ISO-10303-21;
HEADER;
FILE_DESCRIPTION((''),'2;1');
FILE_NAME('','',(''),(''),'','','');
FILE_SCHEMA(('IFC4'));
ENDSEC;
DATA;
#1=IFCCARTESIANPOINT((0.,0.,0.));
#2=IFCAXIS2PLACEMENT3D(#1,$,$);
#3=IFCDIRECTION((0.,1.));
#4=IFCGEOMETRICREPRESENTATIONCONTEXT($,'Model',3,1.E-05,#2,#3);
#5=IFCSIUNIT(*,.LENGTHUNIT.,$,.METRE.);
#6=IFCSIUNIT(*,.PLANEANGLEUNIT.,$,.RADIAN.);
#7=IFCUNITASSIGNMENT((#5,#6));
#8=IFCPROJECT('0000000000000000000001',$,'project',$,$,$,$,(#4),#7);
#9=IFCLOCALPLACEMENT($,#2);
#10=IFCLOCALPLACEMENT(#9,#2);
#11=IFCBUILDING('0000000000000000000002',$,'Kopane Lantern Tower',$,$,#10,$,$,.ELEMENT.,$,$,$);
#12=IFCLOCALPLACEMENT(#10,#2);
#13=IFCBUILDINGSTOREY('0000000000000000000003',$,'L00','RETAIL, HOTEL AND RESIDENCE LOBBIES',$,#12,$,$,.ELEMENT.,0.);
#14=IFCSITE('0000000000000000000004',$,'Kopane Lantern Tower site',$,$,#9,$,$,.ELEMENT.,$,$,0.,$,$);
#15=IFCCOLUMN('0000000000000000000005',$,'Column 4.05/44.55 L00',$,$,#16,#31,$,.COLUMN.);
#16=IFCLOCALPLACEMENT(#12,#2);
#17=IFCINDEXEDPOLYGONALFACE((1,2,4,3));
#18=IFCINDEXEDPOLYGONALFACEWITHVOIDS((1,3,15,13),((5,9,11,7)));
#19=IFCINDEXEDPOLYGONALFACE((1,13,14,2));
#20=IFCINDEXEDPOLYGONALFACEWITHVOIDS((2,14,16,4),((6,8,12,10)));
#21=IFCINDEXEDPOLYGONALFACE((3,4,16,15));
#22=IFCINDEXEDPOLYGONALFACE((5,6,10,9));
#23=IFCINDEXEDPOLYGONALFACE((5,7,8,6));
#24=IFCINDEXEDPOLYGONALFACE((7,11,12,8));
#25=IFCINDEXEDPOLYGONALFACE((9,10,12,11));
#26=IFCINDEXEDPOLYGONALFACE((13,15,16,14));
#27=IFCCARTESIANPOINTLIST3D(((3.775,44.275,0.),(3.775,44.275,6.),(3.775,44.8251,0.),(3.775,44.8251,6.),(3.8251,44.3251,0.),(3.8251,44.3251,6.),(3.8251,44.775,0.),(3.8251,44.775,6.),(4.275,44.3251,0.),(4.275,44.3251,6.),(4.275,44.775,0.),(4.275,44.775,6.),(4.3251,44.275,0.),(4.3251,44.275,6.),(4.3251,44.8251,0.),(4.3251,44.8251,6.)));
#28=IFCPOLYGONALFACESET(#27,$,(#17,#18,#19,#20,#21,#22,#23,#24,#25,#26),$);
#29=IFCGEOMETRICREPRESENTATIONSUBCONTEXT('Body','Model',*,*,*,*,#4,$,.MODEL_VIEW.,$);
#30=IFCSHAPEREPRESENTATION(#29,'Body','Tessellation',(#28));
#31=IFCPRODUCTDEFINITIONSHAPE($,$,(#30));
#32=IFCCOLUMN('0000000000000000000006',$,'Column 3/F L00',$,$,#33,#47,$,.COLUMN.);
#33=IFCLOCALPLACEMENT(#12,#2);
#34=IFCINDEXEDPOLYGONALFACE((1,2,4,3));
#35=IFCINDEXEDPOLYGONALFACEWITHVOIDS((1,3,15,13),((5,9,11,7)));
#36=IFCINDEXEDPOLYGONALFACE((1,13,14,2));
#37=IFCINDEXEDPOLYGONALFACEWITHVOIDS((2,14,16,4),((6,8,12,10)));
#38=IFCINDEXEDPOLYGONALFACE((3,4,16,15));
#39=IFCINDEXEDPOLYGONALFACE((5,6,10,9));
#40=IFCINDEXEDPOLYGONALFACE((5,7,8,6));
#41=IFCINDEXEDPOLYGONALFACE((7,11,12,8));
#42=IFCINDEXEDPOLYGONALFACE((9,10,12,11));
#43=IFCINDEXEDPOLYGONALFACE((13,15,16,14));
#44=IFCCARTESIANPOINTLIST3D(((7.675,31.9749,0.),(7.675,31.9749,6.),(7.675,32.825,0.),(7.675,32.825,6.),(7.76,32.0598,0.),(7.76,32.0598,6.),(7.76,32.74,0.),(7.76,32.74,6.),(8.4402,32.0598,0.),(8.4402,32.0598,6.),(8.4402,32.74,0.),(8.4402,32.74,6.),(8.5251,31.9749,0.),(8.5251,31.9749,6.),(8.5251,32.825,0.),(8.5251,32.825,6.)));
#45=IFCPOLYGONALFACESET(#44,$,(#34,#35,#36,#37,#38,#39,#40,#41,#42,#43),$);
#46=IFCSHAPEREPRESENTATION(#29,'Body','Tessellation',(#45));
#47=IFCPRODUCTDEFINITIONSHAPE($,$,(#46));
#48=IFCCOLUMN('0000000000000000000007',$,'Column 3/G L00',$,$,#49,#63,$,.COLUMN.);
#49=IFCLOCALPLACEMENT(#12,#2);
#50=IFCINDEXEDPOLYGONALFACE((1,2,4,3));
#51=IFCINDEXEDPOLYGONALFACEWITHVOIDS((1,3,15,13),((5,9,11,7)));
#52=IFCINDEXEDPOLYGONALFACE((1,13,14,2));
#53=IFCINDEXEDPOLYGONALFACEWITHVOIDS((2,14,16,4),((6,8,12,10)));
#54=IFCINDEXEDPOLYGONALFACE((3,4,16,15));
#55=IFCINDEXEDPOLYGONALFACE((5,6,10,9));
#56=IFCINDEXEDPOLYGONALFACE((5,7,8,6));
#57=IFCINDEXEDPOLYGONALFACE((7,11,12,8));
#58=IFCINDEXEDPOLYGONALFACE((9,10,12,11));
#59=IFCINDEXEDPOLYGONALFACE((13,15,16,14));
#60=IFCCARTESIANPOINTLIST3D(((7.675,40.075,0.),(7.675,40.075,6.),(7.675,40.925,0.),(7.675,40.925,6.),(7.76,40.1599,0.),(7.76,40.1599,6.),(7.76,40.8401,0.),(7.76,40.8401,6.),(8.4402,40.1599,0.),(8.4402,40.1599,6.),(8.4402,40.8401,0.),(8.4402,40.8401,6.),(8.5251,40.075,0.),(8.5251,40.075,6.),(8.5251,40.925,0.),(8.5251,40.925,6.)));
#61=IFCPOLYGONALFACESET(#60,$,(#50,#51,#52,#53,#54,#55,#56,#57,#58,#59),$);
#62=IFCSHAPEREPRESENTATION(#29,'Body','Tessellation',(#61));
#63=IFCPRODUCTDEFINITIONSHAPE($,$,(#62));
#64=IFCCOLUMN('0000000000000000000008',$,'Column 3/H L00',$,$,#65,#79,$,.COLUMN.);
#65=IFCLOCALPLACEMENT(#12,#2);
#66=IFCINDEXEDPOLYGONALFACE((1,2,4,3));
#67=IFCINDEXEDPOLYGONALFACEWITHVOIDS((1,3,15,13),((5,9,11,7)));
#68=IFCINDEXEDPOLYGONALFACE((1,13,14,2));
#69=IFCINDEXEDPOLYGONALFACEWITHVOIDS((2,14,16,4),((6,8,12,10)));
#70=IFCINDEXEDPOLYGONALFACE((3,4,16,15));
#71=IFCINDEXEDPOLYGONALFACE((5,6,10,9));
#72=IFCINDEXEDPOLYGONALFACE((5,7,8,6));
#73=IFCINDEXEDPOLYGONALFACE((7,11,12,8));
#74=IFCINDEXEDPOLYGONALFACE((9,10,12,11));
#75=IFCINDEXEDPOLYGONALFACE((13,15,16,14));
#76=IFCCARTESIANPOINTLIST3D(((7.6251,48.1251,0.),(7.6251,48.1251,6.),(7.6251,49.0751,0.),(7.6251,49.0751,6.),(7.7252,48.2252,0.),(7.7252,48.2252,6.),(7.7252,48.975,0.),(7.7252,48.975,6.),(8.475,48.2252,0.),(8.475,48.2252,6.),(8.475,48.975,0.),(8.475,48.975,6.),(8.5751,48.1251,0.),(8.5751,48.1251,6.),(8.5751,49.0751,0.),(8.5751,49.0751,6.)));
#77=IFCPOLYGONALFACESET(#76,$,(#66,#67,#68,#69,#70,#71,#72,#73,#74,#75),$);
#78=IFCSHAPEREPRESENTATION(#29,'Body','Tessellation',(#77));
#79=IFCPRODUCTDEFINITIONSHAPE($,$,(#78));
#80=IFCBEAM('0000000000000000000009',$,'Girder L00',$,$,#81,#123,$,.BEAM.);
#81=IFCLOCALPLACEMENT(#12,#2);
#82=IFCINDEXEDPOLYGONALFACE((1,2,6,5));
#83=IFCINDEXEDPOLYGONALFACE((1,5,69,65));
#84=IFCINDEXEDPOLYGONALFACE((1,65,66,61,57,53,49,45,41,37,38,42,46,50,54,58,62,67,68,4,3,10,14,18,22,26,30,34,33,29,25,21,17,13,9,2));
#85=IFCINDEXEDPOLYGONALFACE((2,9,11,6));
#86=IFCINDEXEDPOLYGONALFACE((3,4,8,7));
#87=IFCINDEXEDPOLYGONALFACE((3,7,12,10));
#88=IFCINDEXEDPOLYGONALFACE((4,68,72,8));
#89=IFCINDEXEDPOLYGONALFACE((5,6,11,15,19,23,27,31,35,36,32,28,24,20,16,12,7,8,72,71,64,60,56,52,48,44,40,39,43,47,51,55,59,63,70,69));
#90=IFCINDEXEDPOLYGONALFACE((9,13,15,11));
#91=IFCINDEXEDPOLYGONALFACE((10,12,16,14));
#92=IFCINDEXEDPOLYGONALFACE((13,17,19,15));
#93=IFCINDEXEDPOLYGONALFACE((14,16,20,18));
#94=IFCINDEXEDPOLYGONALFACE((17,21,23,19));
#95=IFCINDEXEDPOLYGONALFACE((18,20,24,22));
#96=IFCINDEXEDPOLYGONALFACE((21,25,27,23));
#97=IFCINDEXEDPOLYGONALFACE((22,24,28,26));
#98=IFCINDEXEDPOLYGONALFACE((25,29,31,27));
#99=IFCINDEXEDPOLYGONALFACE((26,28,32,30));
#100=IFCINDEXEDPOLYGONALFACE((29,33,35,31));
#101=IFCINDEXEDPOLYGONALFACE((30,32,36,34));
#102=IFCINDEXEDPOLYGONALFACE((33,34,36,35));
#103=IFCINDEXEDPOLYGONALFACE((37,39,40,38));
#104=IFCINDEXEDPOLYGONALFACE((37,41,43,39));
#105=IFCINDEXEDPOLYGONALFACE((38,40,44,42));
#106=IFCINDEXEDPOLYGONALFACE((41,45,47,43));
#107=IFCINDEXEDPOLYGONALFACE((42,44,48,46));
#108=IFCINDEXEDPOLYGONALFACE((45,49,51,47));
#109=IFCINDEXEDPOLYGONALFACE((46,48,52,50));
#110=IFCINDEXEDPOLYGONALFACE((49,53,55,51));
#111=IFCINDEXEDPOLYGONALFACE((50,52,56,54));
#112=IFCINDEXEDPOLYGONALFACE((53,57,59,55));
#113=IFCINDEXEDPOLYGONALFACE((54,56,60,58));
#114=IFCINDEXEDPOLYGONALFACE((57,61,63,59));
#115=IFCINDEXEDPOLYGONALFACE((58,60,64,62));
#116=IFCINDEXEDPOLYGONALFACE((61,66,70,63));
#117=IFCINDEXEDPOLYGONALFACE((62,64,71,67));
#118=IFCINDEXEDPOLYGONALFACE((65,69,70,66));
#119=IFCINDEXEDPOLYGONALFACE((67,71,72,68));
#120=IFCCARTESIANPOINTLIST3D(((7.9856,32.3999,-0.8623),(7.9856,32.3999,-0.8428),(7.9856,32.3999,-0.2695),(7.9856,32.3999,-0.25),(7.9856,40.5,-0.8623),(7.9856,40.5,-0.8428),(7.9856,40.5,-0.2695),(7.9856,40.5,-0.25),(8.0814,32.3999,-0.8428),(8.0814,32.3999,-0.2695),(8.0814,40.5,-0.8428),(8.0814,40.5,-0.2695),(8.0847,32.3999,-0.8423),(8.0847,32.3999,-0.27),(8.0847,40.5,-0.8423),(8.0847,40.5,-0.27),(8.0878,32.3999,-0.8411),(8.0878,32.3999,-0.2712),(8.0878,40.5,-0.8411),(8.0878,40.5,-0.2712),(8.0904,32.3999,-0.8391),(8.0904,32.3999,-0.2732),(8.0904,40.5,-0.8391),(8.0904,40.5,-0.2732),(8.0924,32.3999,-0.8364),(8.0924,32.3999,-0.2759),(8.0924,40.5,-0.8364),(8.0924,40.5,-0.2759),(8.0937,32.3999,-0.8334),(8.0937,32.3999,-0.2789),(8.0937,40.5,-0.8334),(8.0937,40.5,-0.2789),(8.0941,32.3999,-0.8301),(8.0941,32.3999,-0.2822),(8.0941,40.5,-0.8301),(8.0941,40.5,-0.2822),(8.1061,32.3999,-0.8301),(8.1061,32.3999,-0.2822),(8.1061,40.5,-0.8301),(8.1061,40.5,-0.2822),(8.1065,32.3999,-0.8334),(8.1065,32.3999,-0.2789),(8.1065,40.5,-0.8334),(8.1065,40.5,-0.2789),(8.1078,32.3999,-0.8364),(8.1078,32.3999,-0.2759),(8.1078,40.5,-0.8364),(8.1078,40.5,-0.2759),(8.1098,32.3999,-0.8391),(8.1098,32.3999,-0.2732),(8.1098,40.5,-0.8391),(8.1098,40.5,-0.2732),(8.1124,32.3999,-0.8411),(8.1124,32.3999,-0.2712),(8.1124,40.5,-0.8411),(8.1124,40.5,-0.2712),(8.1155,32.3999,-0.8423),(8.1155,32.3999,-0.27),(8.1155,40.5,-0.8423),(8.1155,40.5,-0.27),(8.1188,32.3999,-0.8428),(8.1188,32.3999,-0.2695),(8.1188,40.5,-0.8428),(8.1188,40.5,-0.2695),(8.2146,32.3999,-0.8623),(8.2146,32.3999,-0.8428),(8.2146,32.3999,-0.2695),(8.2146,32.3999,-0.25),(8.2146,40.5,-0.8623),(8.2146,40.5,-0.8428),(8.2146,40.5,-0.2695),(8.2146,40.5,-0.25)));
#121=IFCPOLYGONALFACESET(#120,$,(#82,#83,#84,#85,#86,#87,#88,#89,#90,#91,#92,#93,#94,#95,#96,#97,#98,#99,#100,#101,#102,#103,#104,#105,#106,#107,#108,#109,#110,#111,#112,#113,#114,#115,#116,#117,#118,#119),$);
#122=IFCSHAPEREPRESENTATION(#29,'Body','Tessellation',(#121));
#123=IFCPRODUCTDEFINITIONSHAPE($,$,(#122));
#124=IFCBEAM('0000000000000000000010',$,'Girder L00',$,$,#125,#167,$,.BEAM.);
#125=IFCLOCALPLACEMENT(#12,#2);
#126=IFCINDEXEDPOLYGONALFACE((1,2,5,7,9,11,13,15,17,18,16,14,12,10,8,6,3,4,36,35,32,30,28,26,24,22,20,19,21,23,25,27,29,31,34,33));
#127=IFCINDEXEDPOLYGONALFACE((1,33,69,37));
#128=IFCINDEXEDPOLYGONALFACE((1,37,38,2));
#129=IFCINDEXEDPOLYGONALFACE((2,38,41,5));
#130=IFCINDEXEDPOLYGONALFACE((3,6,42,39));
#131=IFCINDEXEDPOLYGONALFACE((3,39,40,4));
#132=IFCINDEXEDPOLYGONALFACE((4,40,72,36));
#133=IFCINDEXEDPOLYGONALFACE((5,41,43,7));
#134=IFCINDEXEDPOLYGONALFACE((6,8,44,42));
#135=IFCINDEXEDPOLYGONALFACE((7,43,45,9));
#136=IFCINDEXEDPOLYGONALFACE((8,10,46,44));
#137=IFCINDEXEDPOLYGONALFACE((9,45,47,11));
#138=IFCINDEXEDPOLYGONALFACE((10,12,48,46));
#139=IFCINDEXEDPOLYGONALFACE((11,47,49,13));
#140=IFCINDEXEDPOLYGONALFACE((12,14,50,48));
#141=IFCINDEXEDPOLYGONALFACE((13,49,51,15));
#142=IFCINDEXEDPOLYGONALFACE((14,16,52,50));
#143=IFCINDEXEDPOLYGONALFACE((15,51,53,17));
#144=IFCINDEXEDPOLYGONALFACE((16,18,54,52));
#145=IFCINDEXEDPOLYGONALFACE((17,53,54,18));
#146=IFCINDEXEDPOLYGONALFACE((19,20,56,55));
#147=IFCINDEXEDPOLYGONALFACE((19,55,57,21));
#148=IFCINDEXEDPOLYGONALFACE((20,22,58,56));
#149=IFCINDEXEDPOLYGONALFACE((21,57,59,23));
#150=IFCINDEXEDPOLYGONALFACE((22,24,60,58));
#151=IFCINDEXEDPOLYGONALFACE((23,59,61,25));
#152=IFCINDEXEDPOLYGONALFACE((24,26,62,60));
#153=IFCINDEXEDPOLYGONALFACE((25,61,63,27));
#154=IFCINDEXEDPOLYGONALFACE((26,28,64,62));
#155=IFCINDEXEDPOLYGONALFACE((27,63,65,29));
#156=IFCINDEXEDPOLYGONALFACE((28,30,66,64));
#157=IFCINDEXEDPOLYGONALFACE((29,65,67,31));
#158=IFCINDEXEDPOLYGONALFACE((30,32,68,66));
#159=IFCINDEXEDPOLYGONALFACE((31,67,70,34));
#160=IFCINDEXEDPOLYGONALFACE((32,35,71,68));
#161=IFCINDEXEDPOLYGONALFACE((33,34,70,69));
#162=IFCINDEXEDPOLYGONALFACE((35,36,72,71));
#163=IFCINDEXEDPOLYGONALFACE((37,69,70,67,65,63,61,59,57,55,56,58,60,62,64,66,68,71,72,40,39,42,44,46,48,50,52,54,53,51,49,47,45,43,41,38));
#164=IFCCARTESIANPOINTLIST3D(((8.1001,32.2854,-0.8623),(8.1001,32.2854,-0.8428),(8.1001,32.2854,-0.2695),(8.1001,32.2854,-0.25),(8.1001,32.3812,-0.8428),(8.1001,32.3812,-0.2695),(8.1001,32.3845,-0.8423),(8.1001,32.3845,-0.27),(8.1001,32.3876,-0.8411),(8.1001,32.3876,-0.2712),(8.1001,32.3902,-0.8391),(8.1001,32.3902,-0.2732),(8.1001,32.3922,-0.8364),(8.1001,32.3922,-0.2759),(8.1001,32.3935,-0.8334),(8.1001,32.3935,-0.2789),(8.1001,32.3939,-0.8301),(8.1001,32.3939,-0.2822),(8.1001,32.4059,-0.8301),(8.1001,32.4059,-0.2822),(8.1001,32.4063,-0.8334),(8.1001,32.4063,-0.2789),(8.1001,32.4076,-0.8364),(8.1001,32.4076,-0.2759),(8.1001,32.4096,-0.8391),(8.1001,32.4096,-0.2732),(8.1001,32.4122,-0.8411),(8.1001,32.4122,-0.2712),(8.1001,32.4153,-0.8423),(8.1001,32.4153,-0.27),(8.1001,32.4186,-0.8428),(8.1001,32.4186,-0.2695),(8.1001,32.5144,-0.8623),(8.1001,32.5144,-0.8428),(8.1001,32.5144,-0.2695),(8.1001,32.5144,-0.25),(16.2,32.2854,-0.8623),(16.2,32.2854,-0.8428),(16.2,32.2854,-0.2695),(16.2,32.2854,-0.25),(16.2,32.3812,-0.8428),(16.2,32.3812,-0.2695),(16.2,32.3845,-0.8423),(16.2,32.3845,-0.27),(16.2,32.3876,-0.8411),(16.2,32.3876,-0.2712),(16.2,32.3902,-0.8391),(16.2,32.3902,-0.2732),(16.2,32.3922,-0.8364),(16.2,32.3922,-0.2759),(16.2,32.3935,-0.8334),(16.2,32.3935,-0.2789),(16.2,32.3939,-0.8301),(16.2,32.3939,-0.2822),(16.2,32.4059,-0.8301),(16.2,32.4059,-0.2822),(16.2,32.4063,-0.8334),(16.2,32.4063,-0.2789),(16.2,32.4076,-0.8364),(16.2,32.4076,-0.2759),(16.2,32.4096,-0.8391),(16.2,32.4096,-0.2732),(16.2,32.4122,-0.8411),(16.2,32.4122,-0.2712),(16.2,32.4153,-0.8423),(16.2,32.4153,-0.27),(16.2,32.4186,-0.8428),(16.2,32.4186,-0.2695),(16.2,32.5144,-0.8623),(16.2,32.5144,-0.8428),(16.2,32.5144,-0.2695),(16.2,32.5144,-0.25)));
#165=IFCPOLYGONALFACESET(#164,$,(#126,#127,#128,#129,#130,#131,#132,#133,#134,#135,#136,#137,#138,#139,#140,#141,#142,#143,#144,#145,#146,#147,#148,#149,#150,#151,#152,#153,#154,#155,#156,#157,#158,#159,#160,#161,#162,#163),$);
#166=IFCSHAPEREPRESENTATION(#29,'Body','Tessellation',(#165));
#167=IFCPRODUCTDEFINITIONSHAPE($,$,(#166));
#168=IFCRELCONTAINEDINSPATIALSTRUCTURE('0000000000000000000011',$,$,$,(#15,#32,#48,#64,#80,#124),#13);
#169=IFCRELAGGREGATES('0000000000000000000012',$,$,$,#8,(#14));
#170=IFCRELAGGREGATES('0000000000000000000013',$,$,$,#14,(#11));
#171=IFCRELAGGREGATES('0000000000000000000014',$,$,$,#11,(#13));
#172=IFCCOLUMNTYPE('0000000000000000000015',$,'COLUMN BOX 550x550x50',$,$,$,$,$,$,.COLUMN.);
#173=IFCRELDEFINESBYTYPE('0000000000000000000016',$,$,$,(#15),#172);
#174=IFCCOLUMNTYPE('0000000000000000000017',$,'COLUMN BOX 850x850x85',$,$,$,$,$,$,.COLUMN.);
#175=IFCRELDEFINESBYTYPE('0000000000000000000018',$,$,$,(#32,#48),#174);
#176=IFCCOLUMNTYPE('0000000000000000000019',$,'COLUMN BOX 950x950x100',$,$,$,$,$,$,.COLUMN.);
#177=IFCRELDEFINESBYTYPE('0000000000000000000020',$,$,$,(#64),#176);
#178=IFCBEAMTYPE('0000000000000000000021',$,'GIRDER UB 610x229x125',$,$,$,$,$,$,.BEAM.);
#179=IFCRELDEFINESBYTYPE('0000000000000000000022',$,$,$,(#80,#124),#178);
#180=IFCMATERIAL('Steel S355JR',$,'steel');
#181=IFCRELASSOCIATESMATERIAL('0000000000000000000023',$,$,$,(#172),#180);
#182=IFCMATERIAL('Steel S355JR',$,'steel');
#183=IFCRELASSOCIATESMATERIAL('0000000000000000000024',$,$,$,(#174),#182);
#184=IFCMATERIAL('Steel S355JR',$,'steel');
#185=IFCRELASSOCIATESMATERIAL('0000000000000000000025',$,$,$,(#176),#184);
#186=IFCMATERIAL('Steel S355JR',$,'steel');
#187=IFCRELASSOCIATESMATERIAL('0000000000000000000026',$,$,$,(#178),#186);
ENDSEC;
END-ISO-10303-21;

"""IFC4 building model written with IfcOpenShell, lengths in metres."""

from ifc_helpers import new_model, si_unit, direction, frame, origin, origin_2d, place, context, subcontext, project, spatial, hollow_rectangle, i_section, extrude, material, material_profile, profile_set, type_object, element, save


model = new_model("IFC4")

# Units and contexts
model_context = context("Model", 3, precision=1e-05, world=origin(), true_north=direction((0.0, 1.0)))
body_context = subcontext(model_context, "Body", "Model", "MODEL_VIEW")
ifc_project = project(units=[si_unit("LENGTHUNIT", "METRE"), si_unit("PLANEANGLEUNIT", "RADIAN")], contexts=[model_context])

# Site, building, storey
site_placement = place(None, origin())
site = spatial("IfcSite", under=ifc_project, at=site_placement, Name="Kopane Lantern Tower site", CompositionType="ELEMENT", RefElevation=0.0)
building_placement = place(site_placement, origin())
building = spatial("IfcBuilding", under=site, at=building_placement, Name="Kopane Lantern Tower", CompositionType="ELEMENT")
storey_placement = place(building_placement, origin())
storey = spatial("IfcBuildingStorey", under=building, at=storey_placement, Name="L00", Description="RETAIL, HOTEL AND RESIDENCE LOBBIES", CompositionType="ELEMENT", Elevation=0.0)

# Columns
ifc_material_1 = material(Name="Steel S355JR", Category="steel")
ifc_material_profile_1 = material_profile(ifc_material_1, hollow_rectangle(XDim=0.55, YDim=0.55, WallThickness=0.05, at=origin_2d()), Name="BOX 550x550x50")
ifc_profile_set_1 = profile_set([ifc_material_profile_1], Name="Steel S355JR")
column_type_1 = type_object("IfcColumnType", Name="COLUMN BOX 550x550x50", PredefinedType="COLUMN", material=ifc_profile_set_1)
column_1_placement = place(storey_placement, frame((4.05, 44.55, 0.0), z_axis=(0.0, 0.0, 1.0), x_axis=(1.0, 0.0, 0.0)))
element("IfcColumn", 1, at=column_1_placement, inside=storey, type_object=column_type_1, Name="Column 4.05/44.55 L00", PredefinedType="COLUMN", context=body_context, shape_type="SweptSolid", body=[
    extrude(hollow_rectangle(XDim=0.55, YDim=0.55, WallThickness=0.05, at=origin_2d()), origin(), (0.0, 0.0, 1.0), 6.0),
])
ifc_material_2 = material(Name="Steel S355JR", Category="steel")
ifc_material_profile_2 = material_profile(ifc_material_2, hollow_rectangle(XDim=0.8501, YDim=0.8501, WallThickness=0.085, at=origin_2d()), Name="BOX 850x850x85")
ifc_profile_set_2 = profile_set([ifc_material_profile_2], Name="Steel S355JR")
column_type_2 = type_object("IfcColumnType", Name="COLUMN BOX 850x850x85", PredefinedType="COLUMN", material=ifc_profile_set_2)
for number, where, z_axis, x_axis, name in (
    (2, (8.1001, 32.3999, 0.0), (0.0, 0.0, 1.0), (1.0, 0.0, 0.0), "Column 3/F L00"),
    (3, (8.1001, 40.5, 0.0), (0.0, 0.0, 1.0), (1.0, 0.0, 0.0), "Column 3/G L00"),
):
    element("IfcColumn", number, at=place(storey_placement, frame(where, z_axis=z_axis, x_axis=x_axis)), inside=storey, type_object=column_type_2, Name=name, PredefinedType="COLUMN", context=body_context, shape_type="SweptSolid", body=[
        extrude(hollow_rectangle(XDim=0.8501, YDim=0.8501, WallThickness=0.085, at=origin_2d()), origin(), (0.0, 0.0, 1.0), 6.0),
    ])
ifc_material_3 = material(Name="Steel S355JR", Category="steel")
ifc_material_profile_3 = material_profile(ifc_material_3, hollow_rectangle(XDim=0.95, YDim=0.95, WallThickness=0.1001, at=origin_2d()), Name="BOX 950x950x100")
ifc_profile_set_3 = profile_set([ifc_material_profile_3], Name="Steel S355JR")
column_type_3 = type_object("IfcColumnType", Name="COLUMN BOX 950x950x100", PredefinedType="COLUMN", material=ifc_profile_set_3)
column_2_placement = place(storey_placement, frame((8.1001, 48.6001, 0.0), z_axis=(0.0, 0.0, 1.0), x_axis=(1.0, 0.0, 0.0)))
element("IfcColumn", 4, at=column_2_placement, inside=storey, type_object=column_type_3, Name="Column 3/H L00", PredefinedType="COLUMN", context=body_context, shape_type="SweptSolid", body=[
    extrude(hollow_rectangle(XDim=0.95, YDim=0.95, WallThickness=0.1001, at=origin_2d()), origin(), (0.0, 0.0, 1.0), 6.0),
])

# Beams
ifc_material_4 = material(Name="Steel S355JR", Category="steel")
ifc_material_profile_4 = material_profile(ifc_material_4, i_section(OverallWidth=0.229, OverallDepth=0.6123, WebThickness=0.012, FlangeThickness=0.0195, FilletRadius=0.0127, at=origin_2d()), Name="UB 610x229x125")
ifc_profile_set_4 = profile_set([ifc_material_profile_4], Name="Steel S355JR")
beam_type = type_object("IfcBeamType", Name="GIRDER UB 610x229x125", PredefinedType="BEAM", material=ifc_profile_set_4)
beam_1_placement = place(storey_placement, frame((8.1001, 32.3999, -0.5562), z_axis=(0.0, 1.0, 0.0), x_axis=(-1.0, 0.0, 0.0)))
element("IfcBeam", 5, at=beam_1_placement, inside=storey, type_object=beam_type, Name="Girder L00", PredefinedType="BEAM", context=body_context, shape_type="SweptSolid", body=[
    extrude(i_section(OverallWidth=0.229, OverallDepth=0.6123, WebThickness=0.012, FlangeThickness=0.0195, FilletRadius=0.0127, at=origin_2d()), origin(), (0.0, 0.0, 1.0), 8.1001),
])
beam_2_placement = place(storey_placement, frame((8.1001, 32.3999, -0.5562), z_axis=(1.0, 0.0, 0.0), x_axis=(0.0, 1.0, 0.0)))
element("IfcBeam", 6, at=beam_2_placement, inside=storey, type_object=beam_type, Name="Girder L00", PredefinedType="BEAM", context=body_context, shape_type="SweptSolid", body=[
    extrude(i_section(OverallWidth=0.229, OverallDepth=0.6123, WebThickness=0.012, FlangeThickness=0.0195, FilletRadius=0.0127, at=origin_2d()), origin(), (0.0, 0.0, 1.0), 8.0999),
])

save(model, "model.ifc")
